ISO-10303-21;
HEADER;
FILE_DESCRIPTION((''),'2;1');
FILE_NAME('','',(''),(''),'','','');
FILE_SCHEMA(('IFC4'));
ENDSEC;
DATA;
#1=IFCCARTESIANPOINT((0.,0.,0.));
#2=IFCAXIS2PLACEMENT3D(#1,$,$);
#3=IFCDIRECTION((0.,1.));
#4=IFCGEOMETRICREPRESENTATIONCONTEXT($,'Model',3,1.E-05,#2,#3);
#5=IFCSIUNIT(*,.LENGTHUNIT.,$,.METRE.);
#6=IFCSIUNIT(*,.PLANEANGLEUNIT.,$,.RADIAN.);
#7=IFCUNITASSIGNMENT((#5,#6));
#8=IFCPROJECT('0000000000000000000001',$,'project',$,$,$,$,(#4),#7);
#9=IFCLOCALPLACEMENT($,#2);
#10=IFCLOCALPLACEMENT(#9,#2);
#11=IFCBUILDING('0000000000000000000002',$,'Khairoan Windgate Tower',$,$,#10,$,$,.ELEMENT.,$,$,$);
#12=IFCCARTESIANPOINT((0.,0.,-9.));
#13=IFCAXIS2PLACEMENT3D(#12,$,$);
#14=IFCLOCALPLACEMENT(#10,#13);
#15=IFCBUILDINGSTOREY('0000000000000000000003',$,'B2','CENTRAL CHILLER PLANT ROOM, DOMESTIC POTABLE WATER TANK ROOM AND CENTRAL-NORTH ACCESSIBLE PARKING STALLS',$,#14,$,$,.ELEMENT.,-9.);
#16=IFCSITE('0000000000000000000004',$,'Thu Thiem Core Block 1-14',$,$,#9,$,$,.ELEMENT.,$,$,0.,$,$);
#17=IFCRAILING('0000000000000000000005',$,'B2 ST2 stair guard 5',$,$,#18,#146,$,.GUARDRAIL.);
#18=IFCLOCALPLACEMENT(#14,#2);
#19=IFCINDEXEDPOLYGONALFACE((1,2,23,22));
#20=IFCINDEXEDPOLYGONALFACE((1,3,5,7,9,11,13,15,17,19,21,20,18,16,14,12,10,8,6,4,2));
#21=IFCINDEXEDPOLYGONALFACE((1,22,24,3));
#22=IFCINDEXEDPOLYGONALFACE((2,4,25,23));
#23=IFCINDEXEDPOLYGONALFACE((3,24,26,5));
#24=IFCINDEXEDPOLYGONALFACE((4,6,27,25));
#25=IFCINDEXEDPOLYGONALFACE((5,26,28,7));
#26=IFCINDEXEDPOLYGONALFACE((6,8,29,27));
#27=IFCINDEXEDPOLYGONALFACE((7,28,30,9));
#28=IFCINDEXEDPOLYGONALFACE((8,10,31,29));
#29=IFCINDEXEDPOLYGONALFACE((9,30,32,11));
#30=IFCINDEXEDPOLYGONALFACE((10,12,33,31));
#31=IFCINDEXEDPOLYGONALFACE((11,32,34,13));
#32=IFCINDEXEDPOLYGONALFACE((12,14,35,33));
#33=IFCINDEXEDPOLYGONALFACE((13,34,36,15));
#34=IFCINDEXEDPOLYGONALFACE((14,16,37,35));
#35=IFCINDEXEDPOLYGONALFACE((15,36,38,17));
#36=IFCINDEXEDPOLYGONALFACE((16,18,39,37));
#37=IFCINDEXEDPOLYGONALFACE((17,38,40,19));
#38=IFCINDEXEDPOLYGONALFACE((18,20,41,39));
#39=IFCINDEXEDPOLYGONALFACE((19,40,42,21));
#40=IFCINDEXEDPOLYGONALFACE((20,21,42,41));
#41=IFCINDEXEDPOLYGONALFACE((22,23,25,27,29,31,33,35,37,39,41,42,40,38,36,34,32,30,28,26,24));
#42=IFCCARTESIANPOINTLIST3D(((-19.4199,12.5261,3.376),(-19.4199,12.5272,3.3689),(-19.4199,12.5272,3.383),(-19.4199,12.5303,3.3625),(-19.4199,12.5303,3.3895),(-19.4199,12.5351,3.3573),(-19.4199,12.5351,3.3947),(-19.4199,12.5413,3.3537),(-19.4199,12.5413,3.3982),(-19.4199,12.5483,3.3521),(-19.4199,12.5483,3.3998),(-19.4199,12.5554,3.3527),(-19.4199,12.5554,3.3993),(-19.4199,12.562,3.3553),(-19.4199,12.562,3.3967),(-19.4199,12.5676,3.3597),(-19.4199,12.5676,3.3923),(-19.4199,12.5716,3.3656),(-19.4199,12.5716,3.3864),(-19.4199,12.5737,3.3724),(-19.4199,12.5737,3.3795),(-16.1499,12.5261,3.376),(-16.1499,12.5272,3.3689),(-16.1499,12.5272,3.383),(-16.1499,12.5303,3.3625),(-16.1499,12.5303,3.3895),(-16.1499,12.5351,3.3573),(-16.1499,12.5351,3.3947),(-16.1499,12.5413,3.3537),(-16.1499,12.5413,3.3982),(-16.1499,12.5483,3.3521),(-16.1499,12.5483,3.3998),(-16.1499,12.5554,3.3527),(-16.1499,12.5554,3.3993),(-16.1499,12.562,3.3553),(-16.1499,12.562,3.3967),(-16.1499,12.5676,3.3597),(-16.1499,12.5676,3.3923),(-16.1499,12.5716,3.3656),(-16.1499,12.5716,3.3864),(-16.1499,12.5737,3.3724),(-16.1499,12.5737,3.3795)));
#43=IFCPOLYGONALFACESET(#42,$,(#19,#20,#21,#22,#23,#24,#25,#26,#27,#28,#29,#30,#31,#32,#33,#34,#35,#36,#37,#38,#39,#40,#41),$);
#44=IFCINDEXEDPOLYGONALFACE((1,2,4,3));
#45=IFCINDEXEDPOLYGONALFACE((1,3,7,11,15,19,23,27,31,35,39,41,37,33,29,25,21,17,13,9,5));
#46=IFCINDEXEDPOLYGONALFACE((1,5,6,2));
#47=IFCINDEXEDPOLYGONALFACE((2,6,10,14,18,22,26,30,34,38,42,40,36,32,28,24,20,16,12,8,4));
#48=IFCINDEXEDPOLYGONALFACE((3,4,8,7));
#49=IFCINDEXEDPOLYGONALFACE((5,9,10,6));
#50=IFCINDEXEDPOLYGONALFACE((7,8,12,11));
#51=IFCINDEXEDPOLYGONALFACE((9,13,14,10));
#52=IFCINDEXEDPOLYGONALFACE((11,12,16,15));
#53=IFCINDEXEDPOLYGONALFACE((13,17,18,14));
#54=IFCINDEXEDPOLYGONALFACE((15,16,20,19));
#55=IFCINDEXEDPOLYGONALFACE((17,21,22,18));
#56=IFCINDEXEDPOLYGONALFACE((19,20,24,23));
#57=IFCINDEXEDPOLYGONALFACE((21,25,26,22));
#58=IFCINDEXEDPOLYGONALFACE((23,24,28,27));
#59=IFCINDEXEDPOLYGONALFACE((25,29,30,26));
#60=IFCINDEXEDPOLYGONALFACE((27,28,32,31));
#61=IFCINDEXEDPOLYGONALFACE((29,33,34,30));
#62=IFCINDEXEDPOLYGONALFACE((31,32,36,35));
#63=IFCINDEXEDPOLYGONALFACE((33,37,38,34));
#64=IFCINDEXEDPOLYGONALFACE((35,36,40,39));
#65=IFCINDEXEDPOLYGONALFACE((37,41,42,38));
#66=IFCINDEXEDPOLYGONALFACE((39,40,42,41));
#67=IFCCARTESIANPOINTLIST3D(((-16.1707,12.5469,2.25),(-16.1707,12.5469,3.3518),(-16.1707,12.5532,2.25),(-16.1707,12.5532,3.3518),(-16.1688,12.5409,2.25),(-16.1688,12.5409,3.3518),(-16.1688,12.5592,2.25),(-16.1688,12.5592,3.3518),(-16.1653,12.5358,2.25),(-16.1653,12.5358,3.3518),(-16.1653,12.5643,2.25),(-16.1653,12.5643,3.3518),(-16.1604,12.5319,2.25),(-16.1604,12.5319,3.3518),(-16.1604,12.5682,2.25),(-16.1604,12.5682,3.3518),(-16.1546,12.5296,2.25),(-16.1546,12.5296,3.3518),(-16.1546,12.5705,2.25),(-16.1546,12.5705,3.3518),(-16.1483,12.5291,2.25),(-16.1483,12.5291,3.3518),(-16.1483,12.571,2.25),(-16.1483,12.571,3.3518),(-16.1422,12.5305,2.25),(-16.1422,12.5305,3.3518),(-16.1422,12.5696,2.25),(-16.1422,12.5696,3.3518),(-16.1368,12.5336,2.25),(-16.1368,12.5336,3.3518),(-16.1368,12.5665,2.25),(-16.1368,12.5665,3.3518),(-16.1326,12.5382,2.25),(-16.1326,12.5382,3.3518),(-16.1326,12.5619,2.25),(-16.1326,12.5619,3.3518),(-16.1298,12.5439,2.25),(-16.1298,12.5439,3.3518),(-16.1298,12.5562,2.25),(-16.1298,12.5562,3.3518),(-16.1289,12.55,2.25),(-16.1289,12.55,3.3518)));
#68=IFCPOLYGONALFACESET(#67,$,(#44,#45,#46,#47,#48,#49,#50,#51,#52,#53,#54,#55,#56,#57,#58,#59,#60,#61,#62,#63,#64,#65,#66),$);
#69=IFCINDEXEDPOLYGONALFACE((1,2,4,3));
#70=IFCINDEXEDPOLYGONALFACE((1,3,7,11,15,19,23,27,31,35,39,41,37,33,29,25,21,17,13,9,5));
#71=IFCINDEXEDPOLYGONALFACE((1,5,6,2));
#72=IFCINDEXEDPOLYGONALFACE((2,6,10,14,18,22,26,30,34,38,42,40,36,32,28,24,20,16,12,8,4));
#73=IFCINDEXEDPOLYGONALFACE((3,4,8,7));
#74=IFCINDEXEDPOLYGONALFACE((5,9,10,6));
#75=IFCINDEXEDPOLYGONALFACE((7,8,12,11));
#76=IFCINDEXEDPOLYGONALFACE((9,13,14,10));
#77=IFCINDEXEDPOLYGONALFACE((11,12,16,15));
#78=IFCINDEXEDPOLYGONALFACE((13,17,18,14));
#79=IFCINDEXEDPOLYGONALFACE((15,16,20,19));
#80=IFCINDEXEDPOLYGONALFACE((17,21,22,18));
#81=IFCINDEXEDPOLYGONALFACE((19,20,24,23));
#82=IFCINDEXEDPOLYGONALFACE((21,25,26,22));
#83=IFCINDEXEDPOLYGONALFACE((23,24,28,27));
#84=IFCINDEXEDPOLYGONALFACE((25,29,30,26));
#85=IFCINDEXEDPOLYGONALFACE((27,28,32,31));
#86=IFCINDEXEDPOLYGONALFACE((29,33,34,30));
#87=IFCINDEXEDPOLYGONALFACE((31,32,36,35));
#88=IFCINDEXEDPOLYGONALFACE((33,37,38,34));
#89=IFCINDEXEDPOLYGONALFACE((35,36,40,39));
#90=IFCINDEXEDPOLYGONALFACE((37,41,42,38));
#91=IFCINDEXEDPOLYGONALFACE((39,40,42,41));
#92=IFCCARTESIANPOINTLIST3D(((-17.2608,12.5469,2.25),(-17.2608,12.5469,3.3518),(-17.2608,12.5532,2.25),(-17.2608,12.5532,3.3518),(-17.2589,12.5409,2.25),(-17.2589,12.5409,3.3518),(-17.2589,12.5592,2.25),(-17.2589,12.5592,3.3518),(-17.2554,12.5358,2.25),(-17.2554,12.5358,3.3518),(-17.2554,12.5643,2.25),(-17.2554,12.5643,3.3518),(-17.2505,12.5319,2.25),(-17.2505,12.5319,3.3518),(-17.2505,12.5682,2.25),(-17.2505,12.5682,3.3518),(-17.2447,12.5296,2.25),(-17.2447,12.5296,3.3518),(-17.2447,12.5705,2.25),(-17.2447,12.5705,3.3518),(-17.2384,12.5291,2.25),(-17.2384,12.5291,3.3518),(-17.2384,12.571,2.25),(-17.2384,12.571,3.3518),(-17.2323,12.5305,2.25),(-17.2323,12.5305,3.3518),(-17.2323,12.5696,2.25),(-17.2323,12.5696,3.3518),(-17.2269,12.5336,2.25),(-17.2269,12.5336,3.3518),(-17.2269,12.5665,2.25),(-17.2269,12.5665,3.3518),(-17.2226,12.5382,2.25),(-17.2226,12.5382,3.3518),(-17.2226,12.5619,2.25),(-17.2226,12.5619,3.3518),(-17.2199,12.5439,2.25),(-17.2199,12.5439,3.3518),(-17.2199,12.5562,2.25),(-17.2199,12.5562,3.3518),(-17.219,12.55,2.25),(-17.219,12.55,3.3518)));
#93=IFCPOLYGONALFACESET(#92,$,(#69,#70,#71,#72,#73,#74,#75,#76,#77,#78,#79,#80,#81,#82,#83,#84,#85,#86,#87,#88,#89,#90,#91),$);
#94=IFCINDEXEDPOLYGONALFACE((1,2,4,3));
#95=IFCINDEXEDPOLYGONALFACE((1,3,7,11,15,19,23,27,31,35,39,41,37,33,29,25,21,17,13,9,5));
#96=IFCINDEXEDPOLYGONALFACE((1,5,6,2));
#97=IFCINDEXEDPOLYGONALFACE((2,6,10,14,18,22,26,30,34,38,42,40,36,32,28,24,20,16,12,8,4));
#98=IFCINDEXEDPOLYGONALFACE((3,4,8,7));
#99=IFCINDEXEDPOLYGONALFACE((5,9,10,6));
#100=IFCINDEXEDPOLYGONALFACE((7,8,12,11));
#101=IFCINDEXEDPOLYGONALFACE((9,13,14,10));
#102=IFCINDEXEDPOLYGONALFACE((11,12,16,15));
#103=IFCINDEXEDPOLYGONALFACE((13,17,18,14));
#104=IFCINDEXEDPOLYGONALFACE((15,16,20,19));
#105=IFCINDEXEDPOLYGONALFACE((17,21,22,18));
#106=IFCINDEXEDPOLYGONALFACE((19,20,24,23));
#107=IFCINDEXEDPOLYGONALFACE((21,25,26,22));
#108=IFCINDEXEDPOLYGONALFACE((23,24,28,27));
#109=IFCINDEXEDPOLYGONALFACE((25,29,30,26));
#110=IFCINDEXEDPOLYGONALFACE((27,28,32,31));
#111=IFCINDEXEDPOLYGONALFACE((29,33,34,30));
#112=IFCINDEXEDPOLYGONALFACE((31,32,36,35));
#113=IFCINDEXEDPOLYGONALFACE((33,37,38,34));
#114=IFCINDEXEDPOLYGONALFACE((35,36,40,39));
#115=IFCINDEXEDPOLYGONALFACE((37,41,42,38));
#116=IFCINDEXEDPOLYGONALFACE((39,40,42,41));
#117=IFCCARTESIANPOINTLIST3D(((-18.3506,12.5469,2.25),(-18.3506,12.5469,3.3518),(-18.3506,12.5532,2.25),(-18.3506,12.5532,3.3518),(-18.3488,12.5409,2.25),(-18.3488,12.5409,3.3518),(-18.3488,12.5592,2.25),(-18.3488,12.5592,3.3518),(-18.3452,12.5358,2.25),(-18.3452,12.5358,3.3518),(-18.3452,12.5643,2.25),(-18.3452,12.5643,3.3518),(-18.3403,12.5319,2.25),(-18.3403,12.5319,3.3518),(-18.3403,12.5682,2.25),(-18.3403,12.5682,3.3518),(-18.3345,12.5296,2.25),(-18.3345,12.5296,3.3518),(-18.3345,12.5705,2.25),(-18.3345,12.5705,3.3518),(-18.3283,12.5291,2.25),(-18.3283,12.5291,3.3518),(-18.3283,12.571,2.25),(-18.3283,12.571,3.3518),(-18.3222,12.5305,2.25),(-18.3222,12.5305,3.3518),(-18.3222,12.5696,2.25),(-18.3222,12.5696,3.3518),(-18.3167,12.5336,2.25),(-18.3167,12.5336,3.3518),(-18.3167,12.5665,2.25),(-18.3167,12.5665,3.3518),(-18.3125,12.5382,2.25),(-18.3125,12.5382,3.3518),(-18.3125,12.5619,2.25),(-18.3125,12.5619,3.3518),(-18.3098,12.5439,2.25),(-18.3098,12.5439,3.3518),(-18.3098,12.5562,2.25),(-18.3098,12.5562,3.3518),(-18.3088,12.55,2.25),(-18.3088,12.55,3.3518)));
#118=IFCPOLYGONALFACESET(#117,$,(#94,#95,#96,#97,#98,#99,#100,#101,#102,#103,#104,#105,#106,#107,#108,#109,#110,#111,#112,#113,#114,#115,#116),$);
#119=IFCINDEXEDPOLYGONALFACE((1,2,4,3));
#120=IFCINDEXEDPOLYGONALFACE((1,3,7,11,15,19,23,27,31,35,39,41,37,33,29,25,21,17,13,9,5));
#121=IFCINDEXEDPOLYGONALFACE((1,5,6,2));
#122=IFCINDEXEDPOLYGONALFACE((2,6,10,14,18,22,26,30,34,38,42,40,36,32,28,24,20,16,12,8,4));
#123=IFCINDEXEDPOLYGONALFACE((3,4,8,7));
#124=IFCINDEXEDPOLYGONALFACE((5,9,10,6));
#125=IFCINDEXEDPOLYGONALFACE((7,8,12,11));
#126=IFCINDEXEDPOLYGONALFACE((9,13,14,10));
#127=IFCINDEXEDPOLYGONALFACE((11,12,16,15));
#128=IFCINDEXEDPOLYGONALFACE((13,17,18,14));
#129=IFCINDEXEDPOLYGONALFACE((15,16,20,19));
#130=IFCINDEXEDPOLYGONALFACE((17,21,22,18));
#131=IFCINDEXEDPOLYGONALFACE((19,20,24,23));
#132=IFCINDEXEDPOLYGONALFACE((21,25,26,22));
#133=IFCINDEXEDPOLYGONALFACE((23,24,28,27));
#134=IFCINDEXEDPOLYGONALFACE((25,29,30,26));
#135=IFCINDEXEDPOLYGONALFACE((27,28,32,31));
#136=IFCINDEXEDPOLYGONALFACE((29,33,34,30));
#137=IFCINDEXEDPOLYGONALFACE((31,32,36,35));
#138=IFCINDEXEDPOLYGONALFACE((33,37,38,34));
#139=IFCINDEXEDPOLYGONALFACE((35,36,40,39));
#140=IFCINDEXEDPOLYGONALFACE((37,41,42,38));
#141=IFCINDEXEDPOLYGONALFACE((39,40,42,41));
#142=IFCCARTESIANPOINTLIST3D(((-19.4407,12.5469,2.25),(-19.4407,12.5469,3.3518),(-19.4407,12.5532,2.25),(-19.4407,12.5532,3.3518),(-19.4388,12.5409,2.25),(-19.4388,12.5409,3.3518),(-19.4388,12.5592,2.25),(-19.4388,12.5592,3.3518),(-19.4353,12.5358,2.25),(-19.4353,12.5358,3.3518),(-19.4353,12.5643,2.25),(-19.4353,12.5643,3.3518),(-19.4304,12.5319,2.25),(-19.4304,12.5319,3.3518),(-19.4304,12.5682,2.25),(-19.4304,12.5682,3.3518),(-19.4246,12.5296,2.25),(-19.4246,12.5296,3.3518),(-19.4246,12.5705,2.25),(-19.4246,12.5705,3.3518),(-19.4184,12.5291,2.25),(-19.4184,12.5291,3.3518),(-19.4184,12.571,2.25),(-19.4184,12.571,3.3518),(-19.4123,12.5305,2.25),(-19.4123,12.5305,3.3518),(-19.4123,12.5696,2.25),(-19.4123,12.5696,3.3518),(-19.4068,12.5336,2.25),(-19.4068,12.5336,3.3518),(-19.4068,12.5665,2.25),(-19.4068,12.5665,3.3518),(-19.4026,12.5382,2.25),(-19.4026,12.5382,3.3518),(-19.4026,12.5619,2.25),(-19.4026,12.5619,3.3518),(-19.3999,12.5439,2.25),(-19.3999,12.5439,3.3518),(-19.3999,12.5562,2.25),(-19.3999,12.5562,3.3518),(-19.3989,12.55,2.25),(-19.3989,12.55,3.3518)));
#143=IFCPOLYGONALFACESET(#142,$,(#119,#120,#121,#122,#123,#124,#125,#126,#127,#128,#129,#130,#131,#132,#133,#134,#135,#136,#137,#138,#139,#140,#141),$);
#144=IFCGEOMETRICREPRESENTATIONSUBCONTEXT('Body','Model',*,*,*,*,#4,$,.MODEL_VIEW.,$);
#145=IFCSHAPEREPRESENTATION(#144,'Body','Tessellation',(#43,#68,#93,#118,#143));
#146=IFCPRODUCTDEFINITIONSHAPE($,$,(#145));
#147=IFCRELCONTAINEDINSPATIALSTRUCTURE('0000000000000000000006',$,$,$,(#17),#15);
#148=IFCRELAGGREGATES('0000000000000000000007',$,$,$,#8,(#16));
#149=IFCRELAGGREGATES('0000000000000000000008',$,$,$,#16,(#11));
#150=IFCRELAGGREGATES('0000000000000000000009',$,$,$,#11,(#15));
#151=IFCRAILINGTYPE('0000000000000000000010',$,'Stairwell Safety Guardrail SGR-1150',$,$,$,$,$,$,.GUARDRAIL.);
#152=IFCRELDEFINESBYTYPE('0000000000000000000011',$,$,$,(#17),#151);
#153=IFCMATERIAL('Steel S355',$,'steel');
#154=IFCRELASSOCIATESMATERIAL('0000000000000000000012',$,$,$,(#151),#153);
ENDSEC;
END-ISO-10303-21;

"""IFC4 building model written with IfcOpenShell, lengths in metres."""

from ifc_helpers import new_model, si_unit, direction, frame, origin, origin_2d, place, context, subcontext, project, spatial, circle, extrude, material, type_object, element, save


model = new_model("IFC4")

# Units and contexts
model_context = context("Model", 3, precision=1e-05, world=origin(), true_north=direction((0.0, 1.0)))
body_context = subcontext(model_context, "Body", "Model", "MODEL_VIEW")
ifc_project = project(units=[si_unit("LENGTHUNIT", "METRE"), si_unit("PLANEANGLEUNIT", "RADIAN")], contexts=[model_context])

# Site, building, storey
site_placement = place(None, origin())
site = spatial("IfcSite", under=ifc_project, at=site_placement, Name="Thu Thiem Core Block 1-14", CompositionType="ELEMENT", RefElevation=0.0)
building_placement = place(site_placement, origin())
building = spatial("IfcBuilding", under=site, at=building_placement, Name="Khairoan Windgate Tower", CompositionType="ELEMENT")
storey_placement = place(building_placement, frame((0.0, 0.0, -9.0)))
storey = spatial("IfcBuildingStorey", under=building, at=storey_placement, Name="B2", Description="CENTRAL CHILLER PLANT ROOM, DOMESTIC POTABLE WATER TANK ROOM AND CENTRAL-NORTH ACCESSIBLE PARKING STALLS", CompositionType="ELEMENT", Elevation=-9.0)

# Railing
ifc_material_1 = material(Name="Steel S355", Category="steel")
railing_type = type_object("IfcRailingType", Name="Stairwell Safety Guardrail SGR-1150", PredefinedType="GUARDRAIL", material=ifc_material_1)
railing_1_placement = place(storey_placement, frame((-16.1499, 12.55, 2.25)))
element("IfcRailing", 1, at=railing_1_placement, inside=storey, type_object=railing_type, Name="B2 ST2 stair guard 5", PredefinedType="GUARDRAIL", context=body_context, shape_type="SweptSolid", body=[
    extrude(circle(Radius=0.0239, at=origin_2d()), frame((0.0, 0.0, 1.126), z_axis=(-1.0, 0.0, 0.0), x_axis=(0.0, -1.0, 0.0)), (0.0, 0.0, 1.0), 3.27),
    extrude(circle(Radius=0.021, at=origin_2d()), origin(), (0.0, 0.0, 1.0), 1.1018),
    extrude(circle(Radius=0.021, at=origin_2d()), frame((-1.0901, 0.0, 0.0)), (0.0, 0.0, 1.0), 1.1018),
    extrude(circle(Radius=0.021, at=origin_2d()), frame((-2.1799, 0.0, 0.0)), (0.0, 0.0, 1.0), 1.1018),
    extrude(circle(Radius=0.021, at=origin_2d()), frame((-3.27, 0.0, 0.0)), (0.0, 0.0, 1.0), 1.1018),
])

save(model, "model.ifc")
